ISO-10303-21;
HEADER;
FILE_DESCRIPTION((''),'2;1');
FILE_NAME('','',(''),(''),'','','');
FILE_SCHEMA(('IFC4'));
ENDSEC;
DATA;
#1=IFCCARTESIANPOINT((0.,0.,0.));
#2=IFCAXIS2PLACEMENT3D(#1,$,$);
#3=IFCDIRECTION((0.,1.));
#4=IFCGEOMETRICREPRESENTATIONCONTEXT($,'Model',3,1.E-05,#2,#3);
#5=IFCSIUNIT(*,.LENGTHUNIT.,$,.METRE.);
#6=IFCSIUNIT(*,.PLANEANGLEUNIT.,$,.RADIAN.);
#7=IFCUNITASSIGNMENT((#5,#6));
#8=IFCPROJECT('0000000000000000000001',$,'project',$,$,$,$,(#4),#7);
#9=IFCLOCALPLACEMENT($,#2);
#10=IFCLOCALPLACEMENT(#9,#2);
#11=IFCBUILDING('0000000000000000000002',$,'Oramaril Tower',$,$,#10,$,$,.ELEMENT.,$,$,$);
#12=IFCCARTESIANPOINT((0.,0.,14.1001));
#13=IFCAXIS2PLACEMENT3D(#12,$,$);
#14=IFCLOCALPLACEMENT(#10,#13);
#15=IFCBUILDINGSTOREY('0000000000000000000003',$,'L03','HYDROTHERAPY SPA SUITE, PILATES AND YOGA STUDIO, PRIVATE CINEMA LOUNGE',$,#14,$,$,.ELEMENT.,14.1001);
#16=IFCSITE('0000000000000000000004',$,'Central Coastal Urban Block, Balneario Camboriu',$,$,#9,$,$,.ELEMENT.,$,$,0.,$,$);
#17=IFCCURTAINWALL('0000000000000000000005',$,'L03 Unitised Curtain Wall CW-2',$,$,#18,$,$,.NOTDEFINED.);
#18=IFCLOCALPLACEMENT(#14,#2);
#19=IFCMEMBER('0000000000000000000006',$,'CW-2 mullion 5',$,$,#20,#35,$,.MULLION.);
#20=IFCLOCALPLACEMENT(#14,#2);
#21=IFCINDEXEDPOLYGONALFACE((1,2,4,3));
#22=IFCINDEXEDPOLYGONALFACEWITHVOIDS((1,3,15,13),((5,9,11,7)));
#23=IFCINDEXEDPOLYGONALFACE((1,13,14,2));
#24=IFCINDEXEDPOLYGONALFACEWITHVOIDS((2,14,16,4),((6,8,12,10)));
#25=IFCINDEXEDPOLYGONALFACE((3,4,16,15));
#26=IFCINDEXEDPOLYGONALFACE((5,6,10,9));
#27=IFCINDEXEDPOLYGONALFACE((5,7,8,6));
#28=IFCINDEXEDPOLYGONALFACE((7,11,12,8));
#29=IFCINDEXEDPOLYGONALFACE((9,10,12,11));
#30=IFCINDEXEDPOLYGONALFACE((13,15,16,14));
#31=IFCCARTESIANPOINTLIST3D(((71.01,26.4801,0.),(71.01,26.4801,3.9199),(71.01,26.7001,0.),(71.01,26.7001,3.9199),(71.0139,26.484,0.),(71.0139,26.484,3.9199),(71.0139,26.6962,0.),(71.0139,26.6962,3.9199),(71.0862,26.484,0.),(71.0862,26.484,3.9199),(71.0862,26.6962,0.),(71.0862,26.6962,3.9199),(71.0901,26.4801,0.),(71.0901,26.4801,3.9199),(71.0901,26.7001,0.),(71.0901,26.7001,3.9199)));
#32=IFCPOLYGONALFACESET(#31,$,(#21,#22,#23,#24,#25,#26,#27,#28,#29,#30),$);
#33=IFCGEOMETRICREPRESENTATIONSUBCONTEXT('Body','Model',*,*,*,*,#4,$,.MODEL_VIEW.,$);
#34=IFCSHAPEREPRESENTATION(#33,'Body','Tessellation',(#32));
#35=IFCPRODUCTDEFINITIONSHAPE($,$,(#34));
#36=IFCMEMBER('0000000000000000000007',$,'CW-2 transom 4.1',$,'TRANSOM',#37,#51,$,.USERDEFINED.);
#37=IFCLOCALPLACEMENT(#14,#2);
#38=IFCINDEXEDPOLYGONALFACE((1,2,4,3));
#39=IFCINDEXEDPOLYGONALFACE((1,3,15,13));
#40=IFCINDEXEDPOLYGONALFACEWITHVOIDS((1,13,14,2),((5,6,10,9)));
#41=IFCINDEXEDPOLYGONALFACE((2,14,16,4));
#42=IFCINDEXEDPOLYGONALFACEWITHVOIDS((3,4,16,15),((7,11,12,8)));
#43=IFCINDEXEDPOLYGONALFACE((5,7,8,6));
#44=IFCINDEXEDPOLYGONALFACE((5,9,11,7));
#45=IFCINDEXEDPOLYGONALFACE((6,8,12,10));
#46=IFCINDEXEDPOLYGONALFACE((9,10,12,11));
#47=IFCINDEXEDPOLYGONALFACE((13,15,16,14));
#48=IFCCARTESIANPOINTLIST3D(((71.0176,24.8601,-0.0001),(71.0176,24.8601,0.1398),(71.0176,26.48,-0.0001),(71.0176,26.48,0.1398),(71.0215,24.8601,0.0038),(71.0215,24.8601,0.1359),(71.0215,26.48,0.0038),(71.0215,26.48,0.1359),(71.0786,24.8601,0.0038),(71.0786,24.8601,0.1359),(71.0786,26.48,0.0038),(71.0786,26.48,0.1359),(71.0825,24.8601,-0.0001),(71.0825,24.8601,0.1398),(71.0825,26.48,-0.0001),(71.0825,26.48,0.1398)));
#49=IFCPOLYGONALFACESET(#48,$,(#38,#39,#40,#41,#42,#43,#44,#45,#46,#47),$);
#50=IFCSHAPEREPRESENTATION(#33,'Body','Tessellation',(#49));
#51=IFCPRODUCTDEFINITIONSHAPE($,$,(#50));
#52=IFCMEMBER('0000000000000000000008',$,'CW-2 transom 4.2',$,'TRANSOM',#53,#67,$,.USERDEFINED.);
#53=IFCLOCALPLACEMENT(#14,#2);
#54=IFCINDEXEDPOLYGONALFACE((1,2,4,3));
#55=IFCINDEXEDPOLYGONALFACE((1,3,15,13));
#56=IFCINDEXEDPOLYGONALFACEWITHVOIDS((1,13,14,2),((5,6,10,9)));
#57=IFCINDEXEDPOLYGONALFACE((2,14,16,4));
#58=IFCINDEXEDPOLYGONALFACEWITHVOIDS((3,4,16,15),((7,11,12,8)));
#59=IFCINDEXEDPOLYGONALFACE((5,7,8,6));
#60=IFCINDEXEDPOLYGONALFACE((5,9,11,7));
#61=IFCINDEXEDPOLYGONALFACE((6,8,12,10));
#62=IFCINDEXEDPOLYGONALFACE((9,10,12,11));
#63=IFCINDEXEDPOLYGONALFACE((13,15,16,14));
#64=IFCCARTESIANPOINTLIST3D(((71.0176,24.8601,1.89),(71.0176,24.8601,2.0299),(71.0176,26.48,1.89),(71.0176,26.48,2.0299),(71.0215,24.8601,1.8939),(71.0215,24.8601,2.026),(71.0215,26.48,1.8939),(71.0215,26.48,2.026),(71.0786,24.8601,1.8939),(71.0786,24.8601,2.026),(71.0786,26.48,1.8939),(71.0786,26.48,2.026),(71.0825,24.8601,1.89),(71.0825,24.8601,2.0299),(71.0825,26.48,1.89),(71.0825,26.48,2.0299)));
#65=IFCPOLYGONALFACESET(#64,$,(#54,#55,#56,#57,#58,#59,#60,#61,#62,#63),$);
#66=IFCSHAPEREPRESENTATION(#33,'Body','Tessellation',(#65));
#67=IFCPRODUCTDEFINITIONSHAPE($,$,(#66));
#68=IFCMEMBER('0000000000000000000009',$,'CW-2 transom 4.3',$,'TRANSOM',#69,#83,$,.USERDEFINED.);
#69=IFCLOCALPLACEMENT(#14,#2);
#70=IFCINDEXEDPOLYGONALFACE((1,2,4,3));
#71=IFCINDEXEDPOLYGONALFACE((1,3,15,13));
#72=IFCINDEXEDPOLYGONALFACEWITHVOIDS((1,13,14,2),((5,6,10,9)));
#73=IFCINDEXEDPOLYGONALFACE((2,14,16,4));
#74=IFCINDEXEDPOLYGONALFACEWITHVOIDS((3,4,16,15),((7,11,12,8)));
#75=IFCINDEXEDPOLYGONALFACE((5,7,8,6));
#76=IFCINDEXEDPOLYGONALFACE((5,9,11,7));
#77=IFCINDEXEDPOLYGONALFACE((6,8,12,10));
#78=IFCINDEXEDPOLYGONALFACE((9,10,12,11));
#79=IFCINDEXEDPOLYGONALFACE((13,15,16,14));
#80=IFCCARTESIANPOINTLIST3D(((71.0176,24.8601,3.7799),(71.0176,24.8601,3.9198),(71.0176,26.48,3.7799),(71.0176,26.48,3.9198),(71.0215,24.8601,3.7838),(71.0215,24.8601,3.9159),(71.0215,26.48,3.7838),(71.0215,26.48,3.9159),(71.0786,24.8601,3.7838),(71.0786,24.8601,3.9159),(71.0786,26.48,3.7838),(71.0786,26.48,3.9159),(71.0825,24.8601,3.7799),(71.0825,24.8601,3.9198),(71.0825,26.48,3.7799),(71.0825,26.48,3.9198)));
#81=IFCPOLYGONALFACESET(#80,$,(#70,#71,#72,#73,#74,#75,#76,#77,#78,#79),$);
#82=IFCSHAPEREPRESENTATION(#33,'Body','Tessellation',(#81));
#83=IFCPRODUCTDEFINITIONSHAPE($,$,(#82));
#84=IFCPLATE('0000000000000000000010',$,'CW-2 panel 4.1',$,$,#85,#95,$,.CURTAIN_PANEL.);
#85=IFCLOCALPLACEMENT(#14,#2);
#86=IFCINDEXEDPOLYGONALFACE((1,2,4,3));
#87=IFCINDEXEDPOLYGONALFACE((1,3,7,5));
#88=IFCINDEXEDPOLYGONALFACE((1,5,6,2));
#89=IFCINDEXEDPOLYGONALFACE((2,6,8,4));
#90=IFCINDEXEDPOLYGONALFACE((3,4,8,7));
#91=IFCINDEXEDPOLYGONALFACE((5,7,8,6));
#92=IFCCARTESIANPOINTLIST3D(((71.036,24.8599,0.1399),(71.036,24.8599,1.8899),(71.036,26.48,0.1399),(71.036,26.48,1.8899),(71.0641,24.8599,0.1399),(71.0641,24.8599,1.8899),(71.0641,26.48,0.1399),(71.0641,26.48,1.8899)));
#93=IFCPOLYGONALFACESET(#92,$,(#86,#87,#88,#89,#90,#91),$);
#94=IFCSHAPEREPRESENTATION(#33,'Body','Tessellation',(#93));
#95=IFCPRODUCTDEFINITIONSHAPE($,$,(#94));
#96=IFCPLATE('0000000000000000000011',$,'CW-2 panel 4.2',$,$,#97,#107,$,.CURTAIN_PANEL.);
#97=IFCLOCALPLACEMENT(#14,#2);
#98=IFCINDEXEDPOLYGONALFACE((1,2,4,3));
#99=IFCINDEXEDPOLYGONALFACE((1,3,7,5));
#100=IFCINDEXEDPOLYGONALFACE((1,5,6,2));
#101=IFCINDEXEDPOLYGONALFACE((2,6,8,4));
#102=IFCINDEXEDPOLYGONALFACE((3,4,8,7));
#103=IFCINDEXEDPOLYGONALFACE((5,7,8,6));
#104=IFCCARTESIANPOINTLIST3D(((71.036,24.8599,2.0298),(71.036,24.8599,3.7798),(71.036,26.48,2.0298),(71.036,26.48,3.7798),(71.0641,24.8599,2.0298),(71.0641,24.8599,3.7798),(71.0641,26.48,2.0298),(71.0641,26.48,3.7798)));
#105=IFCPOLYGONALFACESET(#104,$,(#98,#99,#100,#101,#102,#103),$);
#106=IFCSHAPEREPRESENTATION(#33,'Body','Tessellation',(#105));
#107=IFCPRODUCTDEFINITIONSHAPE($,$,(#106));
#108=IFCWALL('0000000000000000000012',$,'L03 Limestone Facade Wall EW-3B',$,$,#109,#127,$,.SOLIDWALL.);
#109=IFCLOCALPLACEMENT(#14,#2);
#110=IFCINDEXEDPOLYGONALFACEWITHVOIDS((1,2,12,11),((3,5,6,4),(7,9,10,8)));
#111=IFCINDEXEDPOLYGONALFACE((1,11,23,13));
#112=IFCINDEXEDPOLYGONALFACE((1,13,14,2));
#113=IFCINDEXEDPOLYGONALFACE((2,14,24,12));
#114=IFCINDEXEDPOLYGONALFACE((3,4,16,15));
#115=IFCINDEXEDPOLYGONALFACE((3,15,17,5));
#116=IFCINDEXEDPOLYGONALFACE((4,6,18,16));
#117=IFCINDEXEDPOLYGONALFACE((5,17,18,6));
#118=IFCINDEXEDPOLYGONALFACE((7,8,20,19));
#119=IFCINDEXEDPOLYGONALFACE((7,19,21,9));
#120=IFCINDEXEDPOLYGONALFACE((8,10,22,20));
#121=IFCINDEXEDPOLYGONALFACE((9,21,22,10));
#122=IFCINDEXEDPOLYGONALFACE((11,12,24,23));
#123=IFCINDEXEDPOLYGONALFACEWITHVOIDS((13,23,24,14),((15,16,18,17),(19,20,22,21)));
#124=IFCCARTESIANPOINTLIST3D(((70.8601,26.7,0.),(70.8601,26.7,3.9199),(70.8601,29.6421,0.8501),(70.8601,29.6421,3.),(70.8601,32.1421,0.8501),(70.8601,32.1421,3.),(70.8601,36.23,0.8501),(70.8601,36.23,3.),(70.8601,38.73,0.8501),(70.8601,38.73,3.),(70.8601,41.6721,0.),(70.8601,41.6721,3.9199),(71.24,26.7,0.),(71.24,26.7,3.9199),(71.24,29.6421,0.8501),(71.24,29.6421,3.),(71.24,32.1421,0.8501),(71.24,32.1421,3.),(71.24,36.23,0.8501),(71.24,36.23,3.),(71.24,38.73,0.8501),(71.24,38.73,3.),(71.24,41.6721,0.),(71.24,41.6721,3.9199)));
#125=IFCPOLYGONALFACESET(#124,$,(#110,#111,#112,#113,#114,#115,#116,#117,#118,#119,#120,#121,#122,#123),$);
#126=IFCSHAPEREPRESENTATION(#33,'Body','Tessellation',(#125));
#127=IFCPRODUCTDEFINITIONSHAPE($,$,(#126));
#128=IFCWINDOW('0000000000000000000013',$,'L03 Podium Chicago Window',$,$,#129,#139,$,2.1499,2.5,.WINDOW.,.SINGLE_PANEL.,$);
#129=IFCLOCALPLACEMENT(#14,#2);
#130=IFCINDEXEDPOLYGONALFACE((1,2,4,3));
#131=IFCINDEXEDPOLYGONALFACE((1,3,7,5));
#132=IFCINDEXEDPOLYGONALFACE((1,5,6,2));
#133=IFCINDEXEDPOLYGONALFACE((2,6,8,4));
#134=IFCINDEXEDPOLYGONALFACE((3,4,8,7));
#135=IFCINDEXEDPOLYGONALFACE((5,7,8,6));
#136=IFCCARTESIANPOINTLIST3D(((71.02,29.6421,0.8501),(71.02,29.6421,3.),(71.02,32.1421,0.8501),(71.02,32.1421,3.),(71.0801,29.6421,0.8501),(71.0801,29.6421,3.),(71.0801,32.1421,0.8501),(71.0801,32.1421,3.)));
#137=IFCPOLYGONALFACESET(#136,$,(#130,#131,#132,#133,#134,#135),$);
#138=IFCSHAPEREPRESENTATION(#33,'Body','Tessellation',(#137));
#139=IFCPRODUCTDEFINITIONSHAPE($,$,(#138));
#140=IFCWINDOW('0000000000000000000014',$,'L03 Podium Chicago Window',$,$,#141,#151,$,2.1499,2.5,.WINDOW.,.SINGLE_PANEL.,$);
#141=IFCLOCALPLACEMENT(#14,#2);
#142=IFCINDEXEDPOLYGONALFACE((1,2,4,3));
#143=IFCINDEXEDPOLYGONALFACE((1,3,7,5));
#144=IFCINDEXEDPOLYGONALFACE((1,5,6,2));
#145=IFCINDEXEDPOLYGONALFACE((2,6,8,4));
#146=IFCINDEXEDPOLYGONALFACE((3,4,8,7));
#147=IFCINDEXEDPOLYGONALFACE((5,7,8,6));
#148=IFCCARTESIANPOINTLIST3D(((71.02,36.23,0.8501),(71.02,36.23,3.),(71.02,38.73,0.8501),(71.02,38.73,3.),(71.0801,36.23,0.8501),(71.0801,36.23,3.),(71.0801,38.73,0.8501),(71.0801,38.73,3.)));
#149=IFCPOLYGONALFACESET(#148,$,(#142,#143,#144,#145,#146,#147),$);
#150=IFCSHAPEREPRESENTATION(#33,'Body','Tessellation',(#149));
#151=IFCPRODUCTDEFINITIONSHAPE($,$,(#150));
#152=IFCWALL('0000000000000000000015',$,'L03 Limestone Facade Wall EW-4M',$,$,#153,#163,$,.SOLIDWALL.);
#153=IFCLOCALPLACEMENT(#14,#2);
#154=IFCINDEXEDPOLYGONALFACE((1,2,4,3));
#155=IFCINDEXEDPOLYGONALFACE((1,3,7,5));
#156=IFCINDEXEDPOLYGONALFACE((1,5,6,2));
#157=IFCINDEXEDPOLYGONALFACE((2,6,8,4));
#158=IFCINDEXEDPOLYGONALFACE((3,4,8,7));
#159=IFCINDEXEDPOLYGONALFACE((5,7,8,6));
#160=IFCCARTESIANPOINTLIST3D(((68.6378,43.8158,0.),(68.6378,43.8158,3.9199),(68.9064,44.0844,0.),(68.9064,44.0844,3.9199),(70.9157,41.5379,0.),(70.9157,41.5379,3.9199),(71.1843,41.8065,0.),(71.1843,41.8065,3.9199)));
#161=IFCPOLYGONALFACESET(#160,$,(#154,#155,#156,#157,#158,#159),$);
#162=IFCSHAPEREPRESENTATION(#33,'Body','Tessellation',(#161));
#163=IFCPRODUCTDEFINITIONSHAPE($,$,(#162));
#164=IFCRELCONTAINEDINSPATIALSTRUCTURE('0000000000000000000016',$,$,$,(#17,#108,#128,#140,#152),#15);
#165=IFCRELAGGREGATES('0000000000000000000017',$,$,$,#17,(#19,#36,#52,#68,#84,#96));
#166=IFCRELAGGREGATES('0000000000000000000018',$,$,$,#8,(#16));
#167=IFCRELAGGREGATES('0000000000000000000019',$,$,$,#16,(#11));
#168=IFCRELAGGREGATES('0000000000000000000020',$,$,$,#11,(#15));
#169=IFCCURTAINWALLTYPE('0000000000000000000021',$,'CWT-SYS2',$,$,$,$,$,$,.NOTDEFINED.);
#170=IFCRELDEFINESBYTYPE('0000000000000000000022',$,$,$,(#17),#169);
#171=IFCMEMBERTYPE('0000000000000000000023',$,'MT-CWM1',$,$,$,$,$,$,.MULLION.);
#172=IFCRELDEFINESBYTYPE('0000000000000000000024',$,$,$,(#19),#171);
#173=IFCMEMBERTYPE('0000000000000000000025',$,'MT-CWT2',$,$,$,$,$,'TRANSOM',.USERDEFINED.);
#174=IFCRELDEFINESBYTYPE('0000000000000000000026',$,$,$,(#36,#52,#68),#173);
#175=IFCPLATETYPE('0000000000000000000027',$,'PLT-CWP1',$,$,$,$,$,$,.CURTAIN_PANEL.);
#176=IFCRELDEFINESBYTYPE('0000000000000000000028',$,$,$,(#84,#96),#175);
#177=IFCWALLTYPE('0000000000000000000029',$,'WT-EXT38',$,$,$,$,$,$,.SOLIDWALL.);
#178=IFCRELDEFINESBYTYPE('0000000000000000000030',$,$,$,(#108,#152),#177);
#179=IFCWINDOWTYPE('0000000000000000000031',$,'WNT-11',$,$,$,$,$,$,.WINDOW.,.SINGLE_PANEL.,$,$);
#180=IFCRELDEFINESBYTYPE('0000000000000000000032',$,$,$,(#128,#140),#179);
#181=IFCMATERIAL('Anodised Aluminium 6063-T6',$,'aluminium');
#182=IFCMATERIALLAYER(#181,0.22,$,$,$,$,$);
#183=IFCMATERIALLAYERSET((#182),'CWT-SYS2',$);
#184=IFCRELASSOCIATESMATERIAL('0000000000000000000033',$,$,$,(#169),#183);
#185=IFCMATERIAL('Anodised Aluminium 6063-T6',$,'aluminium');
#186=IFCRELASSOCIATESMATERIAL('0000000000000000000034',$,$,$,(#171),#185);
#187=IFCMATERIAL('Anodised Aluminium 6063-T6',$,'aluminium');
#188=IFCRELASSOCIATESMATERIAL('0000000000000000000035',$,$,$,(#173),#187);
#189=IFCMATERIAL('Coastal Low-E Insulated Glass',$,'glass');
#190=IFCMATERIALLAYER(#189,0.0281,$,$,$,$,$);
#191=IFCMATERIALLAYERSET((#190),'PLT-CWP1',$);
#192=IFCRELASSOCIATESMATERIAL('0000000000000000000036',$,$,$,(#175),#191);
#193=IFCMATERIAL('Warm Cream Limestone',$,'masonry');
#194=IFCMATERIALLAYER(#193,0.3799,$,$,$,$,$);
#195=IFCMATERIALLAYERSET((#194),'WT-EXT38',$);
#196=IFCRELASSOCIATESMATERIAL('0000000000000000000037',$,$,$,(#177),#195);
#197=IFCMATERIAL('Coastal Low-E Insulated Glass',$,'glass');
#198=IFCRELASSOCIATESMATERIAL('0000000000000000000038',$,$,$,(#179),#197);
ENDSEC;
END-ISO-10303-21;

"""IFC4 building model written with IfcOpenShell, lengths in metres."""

from ifc_helpers import new_model, si_unit, direction, frame, frame_2d, origin, origin_2d, place, context, subcontext, project, spatial, rectangle, hollow_rectangle, extrude, material, layer, layer_set, material_profile, profile_set, type_object, element, fill, aggregate, save


model = new_model("IFC4")

# Units and contexts
model_context = context("Model", 3, precision=1e-05, world=origin(), true_north=direction((0.0, 1.0)))
body_context = subcontext(model_context, "Body", "Model", "MODEL_VIEW")
ifc_project = project(units=[si_unit("LENGTHUNIT", "METRE"), si_unit("PLANEANGLEUNIT", "RADIAN")], contexts=[model_context])

# Site, building, storey
site_placement = place(None, origin())
site = spatial("IfcSite", under=ifc_project, at=site_placement, Name="Central Coastal Urban Block, Balneario Camboriu", CompositionType="ELEMENT", RefElevation=0.0)
building_placement = place(site_placement, origin())
building = spatial("IfcBuilding", under=site, at=building_placement, Name="Oramaril Tower", CompositionType="ELEMENT")
storey_placement = place(building_placement, frame((0.0, 0.0, 14.1001)))
storey = spatial("IfcBuildingStorey", under=building, at=storey_placement, Name="L03", Description="HYDROTHERAPY SPA SUITE, PILATES AND YOGA STUDIO, PRIVATE CINEMA LOUNGE", CompositionType="ELEMENT", Elevation=14.1001)

# Curtain wall, members, plates
ifc_material_1 = material(Name="Anodised Aluminium 6063-T6", Category="aluminium")
ifc_layer_1 = layer(ifc_material_1, 0.22)
ifc_layer_set_1 = layer_set([ifc_layer_1], Name="CWT-SYS2")
curtain_wall_type = type_object("IfcCurtainWallType", Name="CWT-SYS2", PredefinedType="NOTDEFINED", material=ifc_layer_set_1)
curtain_wall_placement = place(storey_placement, origin())
curtain_wall = element("IfcCurtainWall", 1, at=curtain_wall_placement, inside=storey, type_object=curtain_wall_type, Name="L03 Unitised Curtain Wall CW-2", PredefinedType="NOTDEFINED")
ifc_material_2 = material(Name="Anodised Aluminium 6063-T6", Category="aluminium")
ifc_material_profile_1 = material_profile(ifc_material_2, hollow_rectangle(XDim=0.0801, YDim=0.22, WallThickness=0.0039, at=origin_2d()), Name="CWM220X80")
ifc_profile_set_1 = profile_set([ifc_material_profile_1], Name="Anodised Aluminium 6063-T6")
member_type_1 = type_object("IfcMemberType", Name="MT-CWM1", PredefinedType="MULLION", material=ifc_profile_set_1)
member_1_placement = place(storey_placement, frame((71.05, 26.5901, 0.0), z_axis=(0.0, 0.0, 1.0), x_axis=(-1.0, 0.0, 0.0)))
member_1 = element("IfcMember", 2, at=member_1_placement, type_object=member_type_1, Name="CW-2 mullion 5", PredefinedType="MULLION", context=body_context, shape_type="SweptSolid", body=[
    extrude(hollow_rectangle(XDim=0.0801, YDim=0.22, WallThickness=0.0039, at=origin_2d()), origin(), (0.0, 0.0, 1.0), 3.9199),
])
ifc_material_3 = material(Name="Anodised Aluminium 6063-T6", Category="aluminium")
ifc_material_profile_2 = material_profile(ifc_material_3, hollow_rectangle(XDim=0.0649, YDim=0.1399, WallThickness=0.0039, at=origin_2d()), Name="CWT140X65")
ifc_profile_set_2 = profile_set([ifc_material_profile_2], Name="Anodised Aluminium 6063-T6")
member_type_2 = type_object("IfcMemberType", Name="MT-CWT2", ElementType="TRANSOM", PredefinedType="USERDEFINED", material=ifc_profile_set_2)
member_2_placement = place(storey_placement, frame((71.05, 24.8601, 0.0698), z_axis=(0.0, 1.0, 0.0), x_axis=(-1.0, 0.0, 0.0)))
member_2 = element("IfcMember", 3, at=member_2_placement, type_object=member_type_2, Name="CW-2 transom 4.1", ObjectType="TRANSOM", PredefinedType="USERDEFINED", context=body_context, shape_type="SweptSolid", body=[
    extrude(hollow_rectangle(XDim=0.0649, YDim=0.1399, WallThickness=0.0039, at=origin_2d()), origin(), (0.0, 0.0, 1.0), 1.6199),
])
member_3_placement = place(storey_placement, frame((71.05, 24.8601, 1.96), z_axis=(0.0, 1.0, 0.0), x_axis=(-1.0, 0.0, 0.0)))
member_3 = element("IfcMember", 4, at=member_3_placement, type_object=member_type_2, Name="CW-2 transom 4.2", ObjectType="TRANSOM", PredefinedType="USERDEFINED", context=body_context, shape_type="SweptSolid", body=[
    extrude(hollow_rectangle(XDim=0.0649, YDim=0.1399, WallThickness=0.0039, at=origin_2d()), origin(), (0.0, 0.0, 1.0), 1.6199),
])
member_4_placement = place(storey_placement, frame((71.05, 24.8601, 3.8499), z_axis=(0.0, 1.0, 0.0), x_axis=(-1.0, 0.0, 0.0)))
member_4 = element("IfcMember", 5, at=member_4_placement, type_object=member_type_2, Name="CW-2 transom 4.3", ObjectType="TRANSOM", PredefinedType="USERDEFINED", context=body_context, shape_type="SweptSolid", body=[
    extrude(hollow_rectangle(XDim=0.0649, YDim=0.1399, WallThickness=0.0039, at=origin_2d()), origin(), (0.0, 0.0, 1.0), 1.6199),
])
ifc_material_4 = material(Name="Coastal Low-E Insulated Glass", Category="glass")
ifc_layer_2 = layer(ifc_material_4, 0.0281)
ifc_layer_set_2 = layer_set([ifc_layer_2], Name="PLT-CWP1")
plate_type = type_object("IfcPlateType", Name="PLT-CWP1", PredefinedType="CURTAIN_PANEL", material=ifc_layer_set_2)
plate_1_placement = place(storey_placement, frame((71.05, 25.6699, 0.1399), z_axis=(0.0, 0.0, 1.0), x_axis=(0.0, 1.0, 0.0)))
plate_1 = element("IfcPlate", 6, at=plate_1_placement, type_object=plate_type, Name="CW-2 panel 4.1", PredefinedType="CURTAIN_PANEL", context=body_context, shape_type="SweptSolid", body=[
    extrude(rectangle(XDim=1.6201, YDim=0.0281, at=origin_2d()), origin(), (0.0, 0.0, 1.0), 1.75),
])
plate_2_placement = place(storey_placement, frame((71.05, 25.6699, 2.0298), z_axis=(0.0, 0.0, 1.0), x_axis=(0.0, 1.0, 0.0)))
plate_2 = element("IfcPlate", 7, at=plate_2_placement, type_object=plate_type, Name="CW-2 panel 4.2", PredefinedType="CURTAIN_PANEL", context=body_context, shape_type="SweptSolid", body=[
    extrude(rectangle(XDim=1.6201, YDim=0.0281, at=origin_2d()), origin(), (0.0, 0.0, 1.0), 1.75),
])
aggregate(curtain_wall, [member_1, member_2, member_3, member_4, plate_1, plate_2])

# Wall, openings, windows
ifc_material_5 = material(Name="Warm Cream Limestone", Category="masonry")
ifc_layer_3 = layer(ifc_material_5, 0.3799)
ifc_layer_set_3 = layer_set([ifc_layer_3], Name="WT-EXT38")
wall_type_1 = type_object("IfcWallType", Name="WT-EXT38", PredefinedType="SOLIDWALL", material=ifc_layer_set_3)
wall_1_placement = place(storey_placement, frame((71.05, 26.7, 0.0), z_axis=(0.0, 0.0, 1.0), x_axis=(0.0, 1.0, 0.0)))
wall_1 = element("IfcWall", 8, at=wall_1_placement, inside=storey, type_object=wall_type_1, Name="L03 Limestone Facade Wall EW-3B", PredefinedType="SOLIDWALL", context=body_context, shape_type="SweptSolid", body=[
    extrude(rectangle(XDim=14.9722, YDim=0.3799, at=frame_2d((7.4861, 0.0))), origin(), (0.0, 0.0, 1.0), 3.9199),
])
opening_1_placement = place(wall_1_placement, frame((2.9421, 0.0, 0.8501)))
opening_1 = element("IfcOpeningElement", 9, at=opening_1_placement, cuts=wall_1, PredefinedType="OPENING", context=body_context, shape_type="SweptSolid", body=[
    extrude(rectangle(XDim=2.5, YDim=2.1499, at=frame_2d((1.25, 1.075))), frame((0.0, 0.1899, 0.0), z_axis=(0.0, -1.0, 0.0), x_axis=(1.0, 0.0, 0.0)), (0.0, 0.0, 1.0), 0.3799),
])
opening_2_placement = place(wall_1_placement, frame((9.53, 0.0, 0.8501)))
opening_2 = element("IfcOpeningElement", 10, at=opening_2_placement, cuts=wall_1, PredefinedType="OPENING", context=body_context, shape_type="SweptSolid", body=[
    extrude(rectangle(XDim=2.5, YDim=2.1499, at=frame_2d((1.25, 1.075))), frame((0.0, 0.1899, 0.0), z_axis=(0.0, -1.0, 0.0), x_axis=(1.0, 0.0, 0.0)), (0.0, 0.0, 1.0), 0.3799),
])
ifc_material_6 = material(Name="Coastal Low-E Insulated Glass", Category="glass")
window_type = type_object("IfcWindowType", Name="WNT-11", PartitioningType="SINGLE_PANEL", PredefinedType="WINDOW", material=ifc_material_6)
window_1_placement = place(opening_1_placement, origin())
window_1 = element("IfcWindow", 11, at=window_1_placement, inside=storey, type_object=window_type, Name="L03 Podium Chicago Window", OverallHeight=2.1499, OverallWidth=2.5, PartitioningType="SINGLE_PANEL", PredefinedType="WINDOW", context=body_context, shape_type="SweptSolid", body=[
    extrude(rectangle(XDim=2.5, YDim=2.1499, at=frame_2d((1.25, 1.075))), frame((0.0, 0.03, 0.0), z_axis=(0.0, -1.0, 0.0), x_axis=(1.0, 0.0, 0.0)), (0.0, 0.0, 1.0), 0.0601),
])
fill(opening_1, window_1)
window_2_placement = place(opening_2_placement, origin())
window_2 = element("IfcWindow", 12, at=window_2_placement, inside=storey, type_object=window_type, Name="L03 Podium Chicago Window", OverallHeight=2.1499, OverallWidth=2.5, PartitioningType="SINGLE_PANEL", PredefinedType="WINDOW", context=body_context, shape_type="SweptSolid", body=[
    extrude(rectangle(XDim=2.5, YDim=2.1499, at=frame_2d((1.25, 1.075))), frame((0.0, 0.03, 0.0), z_axis=(0.0, -1.0, 0.0), x_axis=(1.0, 0.0, 0.0)), (0.0, 0.0, 1.0), 0.0601),
])
fill(opening_2, window_2)

# Wall
wall_2_placement = place(storey_placement, frame((71.05, 41.6721, 0.0), z_axis=(0.0, 0.0, 1.0), x_axis=(-0.707107, 0.707107, 0.0)))
element("IfcWall", 13, at=wall_2_placement, inside=storey, type_object=wall_type_1, Name="L03 Limestone Facade Wall EW-4M", PredefinedType="SOLIDWALL", context=body_context, shape_type="SweptSolid", body=[
    extrude(rectangle(XDim=3.2214, YDim=0.3799, at=frame_2d((1.6108, 0.0))), origin(), (0.0, 0.0, 1.0), 3.9199),
])

save(model, "model.ifc")
